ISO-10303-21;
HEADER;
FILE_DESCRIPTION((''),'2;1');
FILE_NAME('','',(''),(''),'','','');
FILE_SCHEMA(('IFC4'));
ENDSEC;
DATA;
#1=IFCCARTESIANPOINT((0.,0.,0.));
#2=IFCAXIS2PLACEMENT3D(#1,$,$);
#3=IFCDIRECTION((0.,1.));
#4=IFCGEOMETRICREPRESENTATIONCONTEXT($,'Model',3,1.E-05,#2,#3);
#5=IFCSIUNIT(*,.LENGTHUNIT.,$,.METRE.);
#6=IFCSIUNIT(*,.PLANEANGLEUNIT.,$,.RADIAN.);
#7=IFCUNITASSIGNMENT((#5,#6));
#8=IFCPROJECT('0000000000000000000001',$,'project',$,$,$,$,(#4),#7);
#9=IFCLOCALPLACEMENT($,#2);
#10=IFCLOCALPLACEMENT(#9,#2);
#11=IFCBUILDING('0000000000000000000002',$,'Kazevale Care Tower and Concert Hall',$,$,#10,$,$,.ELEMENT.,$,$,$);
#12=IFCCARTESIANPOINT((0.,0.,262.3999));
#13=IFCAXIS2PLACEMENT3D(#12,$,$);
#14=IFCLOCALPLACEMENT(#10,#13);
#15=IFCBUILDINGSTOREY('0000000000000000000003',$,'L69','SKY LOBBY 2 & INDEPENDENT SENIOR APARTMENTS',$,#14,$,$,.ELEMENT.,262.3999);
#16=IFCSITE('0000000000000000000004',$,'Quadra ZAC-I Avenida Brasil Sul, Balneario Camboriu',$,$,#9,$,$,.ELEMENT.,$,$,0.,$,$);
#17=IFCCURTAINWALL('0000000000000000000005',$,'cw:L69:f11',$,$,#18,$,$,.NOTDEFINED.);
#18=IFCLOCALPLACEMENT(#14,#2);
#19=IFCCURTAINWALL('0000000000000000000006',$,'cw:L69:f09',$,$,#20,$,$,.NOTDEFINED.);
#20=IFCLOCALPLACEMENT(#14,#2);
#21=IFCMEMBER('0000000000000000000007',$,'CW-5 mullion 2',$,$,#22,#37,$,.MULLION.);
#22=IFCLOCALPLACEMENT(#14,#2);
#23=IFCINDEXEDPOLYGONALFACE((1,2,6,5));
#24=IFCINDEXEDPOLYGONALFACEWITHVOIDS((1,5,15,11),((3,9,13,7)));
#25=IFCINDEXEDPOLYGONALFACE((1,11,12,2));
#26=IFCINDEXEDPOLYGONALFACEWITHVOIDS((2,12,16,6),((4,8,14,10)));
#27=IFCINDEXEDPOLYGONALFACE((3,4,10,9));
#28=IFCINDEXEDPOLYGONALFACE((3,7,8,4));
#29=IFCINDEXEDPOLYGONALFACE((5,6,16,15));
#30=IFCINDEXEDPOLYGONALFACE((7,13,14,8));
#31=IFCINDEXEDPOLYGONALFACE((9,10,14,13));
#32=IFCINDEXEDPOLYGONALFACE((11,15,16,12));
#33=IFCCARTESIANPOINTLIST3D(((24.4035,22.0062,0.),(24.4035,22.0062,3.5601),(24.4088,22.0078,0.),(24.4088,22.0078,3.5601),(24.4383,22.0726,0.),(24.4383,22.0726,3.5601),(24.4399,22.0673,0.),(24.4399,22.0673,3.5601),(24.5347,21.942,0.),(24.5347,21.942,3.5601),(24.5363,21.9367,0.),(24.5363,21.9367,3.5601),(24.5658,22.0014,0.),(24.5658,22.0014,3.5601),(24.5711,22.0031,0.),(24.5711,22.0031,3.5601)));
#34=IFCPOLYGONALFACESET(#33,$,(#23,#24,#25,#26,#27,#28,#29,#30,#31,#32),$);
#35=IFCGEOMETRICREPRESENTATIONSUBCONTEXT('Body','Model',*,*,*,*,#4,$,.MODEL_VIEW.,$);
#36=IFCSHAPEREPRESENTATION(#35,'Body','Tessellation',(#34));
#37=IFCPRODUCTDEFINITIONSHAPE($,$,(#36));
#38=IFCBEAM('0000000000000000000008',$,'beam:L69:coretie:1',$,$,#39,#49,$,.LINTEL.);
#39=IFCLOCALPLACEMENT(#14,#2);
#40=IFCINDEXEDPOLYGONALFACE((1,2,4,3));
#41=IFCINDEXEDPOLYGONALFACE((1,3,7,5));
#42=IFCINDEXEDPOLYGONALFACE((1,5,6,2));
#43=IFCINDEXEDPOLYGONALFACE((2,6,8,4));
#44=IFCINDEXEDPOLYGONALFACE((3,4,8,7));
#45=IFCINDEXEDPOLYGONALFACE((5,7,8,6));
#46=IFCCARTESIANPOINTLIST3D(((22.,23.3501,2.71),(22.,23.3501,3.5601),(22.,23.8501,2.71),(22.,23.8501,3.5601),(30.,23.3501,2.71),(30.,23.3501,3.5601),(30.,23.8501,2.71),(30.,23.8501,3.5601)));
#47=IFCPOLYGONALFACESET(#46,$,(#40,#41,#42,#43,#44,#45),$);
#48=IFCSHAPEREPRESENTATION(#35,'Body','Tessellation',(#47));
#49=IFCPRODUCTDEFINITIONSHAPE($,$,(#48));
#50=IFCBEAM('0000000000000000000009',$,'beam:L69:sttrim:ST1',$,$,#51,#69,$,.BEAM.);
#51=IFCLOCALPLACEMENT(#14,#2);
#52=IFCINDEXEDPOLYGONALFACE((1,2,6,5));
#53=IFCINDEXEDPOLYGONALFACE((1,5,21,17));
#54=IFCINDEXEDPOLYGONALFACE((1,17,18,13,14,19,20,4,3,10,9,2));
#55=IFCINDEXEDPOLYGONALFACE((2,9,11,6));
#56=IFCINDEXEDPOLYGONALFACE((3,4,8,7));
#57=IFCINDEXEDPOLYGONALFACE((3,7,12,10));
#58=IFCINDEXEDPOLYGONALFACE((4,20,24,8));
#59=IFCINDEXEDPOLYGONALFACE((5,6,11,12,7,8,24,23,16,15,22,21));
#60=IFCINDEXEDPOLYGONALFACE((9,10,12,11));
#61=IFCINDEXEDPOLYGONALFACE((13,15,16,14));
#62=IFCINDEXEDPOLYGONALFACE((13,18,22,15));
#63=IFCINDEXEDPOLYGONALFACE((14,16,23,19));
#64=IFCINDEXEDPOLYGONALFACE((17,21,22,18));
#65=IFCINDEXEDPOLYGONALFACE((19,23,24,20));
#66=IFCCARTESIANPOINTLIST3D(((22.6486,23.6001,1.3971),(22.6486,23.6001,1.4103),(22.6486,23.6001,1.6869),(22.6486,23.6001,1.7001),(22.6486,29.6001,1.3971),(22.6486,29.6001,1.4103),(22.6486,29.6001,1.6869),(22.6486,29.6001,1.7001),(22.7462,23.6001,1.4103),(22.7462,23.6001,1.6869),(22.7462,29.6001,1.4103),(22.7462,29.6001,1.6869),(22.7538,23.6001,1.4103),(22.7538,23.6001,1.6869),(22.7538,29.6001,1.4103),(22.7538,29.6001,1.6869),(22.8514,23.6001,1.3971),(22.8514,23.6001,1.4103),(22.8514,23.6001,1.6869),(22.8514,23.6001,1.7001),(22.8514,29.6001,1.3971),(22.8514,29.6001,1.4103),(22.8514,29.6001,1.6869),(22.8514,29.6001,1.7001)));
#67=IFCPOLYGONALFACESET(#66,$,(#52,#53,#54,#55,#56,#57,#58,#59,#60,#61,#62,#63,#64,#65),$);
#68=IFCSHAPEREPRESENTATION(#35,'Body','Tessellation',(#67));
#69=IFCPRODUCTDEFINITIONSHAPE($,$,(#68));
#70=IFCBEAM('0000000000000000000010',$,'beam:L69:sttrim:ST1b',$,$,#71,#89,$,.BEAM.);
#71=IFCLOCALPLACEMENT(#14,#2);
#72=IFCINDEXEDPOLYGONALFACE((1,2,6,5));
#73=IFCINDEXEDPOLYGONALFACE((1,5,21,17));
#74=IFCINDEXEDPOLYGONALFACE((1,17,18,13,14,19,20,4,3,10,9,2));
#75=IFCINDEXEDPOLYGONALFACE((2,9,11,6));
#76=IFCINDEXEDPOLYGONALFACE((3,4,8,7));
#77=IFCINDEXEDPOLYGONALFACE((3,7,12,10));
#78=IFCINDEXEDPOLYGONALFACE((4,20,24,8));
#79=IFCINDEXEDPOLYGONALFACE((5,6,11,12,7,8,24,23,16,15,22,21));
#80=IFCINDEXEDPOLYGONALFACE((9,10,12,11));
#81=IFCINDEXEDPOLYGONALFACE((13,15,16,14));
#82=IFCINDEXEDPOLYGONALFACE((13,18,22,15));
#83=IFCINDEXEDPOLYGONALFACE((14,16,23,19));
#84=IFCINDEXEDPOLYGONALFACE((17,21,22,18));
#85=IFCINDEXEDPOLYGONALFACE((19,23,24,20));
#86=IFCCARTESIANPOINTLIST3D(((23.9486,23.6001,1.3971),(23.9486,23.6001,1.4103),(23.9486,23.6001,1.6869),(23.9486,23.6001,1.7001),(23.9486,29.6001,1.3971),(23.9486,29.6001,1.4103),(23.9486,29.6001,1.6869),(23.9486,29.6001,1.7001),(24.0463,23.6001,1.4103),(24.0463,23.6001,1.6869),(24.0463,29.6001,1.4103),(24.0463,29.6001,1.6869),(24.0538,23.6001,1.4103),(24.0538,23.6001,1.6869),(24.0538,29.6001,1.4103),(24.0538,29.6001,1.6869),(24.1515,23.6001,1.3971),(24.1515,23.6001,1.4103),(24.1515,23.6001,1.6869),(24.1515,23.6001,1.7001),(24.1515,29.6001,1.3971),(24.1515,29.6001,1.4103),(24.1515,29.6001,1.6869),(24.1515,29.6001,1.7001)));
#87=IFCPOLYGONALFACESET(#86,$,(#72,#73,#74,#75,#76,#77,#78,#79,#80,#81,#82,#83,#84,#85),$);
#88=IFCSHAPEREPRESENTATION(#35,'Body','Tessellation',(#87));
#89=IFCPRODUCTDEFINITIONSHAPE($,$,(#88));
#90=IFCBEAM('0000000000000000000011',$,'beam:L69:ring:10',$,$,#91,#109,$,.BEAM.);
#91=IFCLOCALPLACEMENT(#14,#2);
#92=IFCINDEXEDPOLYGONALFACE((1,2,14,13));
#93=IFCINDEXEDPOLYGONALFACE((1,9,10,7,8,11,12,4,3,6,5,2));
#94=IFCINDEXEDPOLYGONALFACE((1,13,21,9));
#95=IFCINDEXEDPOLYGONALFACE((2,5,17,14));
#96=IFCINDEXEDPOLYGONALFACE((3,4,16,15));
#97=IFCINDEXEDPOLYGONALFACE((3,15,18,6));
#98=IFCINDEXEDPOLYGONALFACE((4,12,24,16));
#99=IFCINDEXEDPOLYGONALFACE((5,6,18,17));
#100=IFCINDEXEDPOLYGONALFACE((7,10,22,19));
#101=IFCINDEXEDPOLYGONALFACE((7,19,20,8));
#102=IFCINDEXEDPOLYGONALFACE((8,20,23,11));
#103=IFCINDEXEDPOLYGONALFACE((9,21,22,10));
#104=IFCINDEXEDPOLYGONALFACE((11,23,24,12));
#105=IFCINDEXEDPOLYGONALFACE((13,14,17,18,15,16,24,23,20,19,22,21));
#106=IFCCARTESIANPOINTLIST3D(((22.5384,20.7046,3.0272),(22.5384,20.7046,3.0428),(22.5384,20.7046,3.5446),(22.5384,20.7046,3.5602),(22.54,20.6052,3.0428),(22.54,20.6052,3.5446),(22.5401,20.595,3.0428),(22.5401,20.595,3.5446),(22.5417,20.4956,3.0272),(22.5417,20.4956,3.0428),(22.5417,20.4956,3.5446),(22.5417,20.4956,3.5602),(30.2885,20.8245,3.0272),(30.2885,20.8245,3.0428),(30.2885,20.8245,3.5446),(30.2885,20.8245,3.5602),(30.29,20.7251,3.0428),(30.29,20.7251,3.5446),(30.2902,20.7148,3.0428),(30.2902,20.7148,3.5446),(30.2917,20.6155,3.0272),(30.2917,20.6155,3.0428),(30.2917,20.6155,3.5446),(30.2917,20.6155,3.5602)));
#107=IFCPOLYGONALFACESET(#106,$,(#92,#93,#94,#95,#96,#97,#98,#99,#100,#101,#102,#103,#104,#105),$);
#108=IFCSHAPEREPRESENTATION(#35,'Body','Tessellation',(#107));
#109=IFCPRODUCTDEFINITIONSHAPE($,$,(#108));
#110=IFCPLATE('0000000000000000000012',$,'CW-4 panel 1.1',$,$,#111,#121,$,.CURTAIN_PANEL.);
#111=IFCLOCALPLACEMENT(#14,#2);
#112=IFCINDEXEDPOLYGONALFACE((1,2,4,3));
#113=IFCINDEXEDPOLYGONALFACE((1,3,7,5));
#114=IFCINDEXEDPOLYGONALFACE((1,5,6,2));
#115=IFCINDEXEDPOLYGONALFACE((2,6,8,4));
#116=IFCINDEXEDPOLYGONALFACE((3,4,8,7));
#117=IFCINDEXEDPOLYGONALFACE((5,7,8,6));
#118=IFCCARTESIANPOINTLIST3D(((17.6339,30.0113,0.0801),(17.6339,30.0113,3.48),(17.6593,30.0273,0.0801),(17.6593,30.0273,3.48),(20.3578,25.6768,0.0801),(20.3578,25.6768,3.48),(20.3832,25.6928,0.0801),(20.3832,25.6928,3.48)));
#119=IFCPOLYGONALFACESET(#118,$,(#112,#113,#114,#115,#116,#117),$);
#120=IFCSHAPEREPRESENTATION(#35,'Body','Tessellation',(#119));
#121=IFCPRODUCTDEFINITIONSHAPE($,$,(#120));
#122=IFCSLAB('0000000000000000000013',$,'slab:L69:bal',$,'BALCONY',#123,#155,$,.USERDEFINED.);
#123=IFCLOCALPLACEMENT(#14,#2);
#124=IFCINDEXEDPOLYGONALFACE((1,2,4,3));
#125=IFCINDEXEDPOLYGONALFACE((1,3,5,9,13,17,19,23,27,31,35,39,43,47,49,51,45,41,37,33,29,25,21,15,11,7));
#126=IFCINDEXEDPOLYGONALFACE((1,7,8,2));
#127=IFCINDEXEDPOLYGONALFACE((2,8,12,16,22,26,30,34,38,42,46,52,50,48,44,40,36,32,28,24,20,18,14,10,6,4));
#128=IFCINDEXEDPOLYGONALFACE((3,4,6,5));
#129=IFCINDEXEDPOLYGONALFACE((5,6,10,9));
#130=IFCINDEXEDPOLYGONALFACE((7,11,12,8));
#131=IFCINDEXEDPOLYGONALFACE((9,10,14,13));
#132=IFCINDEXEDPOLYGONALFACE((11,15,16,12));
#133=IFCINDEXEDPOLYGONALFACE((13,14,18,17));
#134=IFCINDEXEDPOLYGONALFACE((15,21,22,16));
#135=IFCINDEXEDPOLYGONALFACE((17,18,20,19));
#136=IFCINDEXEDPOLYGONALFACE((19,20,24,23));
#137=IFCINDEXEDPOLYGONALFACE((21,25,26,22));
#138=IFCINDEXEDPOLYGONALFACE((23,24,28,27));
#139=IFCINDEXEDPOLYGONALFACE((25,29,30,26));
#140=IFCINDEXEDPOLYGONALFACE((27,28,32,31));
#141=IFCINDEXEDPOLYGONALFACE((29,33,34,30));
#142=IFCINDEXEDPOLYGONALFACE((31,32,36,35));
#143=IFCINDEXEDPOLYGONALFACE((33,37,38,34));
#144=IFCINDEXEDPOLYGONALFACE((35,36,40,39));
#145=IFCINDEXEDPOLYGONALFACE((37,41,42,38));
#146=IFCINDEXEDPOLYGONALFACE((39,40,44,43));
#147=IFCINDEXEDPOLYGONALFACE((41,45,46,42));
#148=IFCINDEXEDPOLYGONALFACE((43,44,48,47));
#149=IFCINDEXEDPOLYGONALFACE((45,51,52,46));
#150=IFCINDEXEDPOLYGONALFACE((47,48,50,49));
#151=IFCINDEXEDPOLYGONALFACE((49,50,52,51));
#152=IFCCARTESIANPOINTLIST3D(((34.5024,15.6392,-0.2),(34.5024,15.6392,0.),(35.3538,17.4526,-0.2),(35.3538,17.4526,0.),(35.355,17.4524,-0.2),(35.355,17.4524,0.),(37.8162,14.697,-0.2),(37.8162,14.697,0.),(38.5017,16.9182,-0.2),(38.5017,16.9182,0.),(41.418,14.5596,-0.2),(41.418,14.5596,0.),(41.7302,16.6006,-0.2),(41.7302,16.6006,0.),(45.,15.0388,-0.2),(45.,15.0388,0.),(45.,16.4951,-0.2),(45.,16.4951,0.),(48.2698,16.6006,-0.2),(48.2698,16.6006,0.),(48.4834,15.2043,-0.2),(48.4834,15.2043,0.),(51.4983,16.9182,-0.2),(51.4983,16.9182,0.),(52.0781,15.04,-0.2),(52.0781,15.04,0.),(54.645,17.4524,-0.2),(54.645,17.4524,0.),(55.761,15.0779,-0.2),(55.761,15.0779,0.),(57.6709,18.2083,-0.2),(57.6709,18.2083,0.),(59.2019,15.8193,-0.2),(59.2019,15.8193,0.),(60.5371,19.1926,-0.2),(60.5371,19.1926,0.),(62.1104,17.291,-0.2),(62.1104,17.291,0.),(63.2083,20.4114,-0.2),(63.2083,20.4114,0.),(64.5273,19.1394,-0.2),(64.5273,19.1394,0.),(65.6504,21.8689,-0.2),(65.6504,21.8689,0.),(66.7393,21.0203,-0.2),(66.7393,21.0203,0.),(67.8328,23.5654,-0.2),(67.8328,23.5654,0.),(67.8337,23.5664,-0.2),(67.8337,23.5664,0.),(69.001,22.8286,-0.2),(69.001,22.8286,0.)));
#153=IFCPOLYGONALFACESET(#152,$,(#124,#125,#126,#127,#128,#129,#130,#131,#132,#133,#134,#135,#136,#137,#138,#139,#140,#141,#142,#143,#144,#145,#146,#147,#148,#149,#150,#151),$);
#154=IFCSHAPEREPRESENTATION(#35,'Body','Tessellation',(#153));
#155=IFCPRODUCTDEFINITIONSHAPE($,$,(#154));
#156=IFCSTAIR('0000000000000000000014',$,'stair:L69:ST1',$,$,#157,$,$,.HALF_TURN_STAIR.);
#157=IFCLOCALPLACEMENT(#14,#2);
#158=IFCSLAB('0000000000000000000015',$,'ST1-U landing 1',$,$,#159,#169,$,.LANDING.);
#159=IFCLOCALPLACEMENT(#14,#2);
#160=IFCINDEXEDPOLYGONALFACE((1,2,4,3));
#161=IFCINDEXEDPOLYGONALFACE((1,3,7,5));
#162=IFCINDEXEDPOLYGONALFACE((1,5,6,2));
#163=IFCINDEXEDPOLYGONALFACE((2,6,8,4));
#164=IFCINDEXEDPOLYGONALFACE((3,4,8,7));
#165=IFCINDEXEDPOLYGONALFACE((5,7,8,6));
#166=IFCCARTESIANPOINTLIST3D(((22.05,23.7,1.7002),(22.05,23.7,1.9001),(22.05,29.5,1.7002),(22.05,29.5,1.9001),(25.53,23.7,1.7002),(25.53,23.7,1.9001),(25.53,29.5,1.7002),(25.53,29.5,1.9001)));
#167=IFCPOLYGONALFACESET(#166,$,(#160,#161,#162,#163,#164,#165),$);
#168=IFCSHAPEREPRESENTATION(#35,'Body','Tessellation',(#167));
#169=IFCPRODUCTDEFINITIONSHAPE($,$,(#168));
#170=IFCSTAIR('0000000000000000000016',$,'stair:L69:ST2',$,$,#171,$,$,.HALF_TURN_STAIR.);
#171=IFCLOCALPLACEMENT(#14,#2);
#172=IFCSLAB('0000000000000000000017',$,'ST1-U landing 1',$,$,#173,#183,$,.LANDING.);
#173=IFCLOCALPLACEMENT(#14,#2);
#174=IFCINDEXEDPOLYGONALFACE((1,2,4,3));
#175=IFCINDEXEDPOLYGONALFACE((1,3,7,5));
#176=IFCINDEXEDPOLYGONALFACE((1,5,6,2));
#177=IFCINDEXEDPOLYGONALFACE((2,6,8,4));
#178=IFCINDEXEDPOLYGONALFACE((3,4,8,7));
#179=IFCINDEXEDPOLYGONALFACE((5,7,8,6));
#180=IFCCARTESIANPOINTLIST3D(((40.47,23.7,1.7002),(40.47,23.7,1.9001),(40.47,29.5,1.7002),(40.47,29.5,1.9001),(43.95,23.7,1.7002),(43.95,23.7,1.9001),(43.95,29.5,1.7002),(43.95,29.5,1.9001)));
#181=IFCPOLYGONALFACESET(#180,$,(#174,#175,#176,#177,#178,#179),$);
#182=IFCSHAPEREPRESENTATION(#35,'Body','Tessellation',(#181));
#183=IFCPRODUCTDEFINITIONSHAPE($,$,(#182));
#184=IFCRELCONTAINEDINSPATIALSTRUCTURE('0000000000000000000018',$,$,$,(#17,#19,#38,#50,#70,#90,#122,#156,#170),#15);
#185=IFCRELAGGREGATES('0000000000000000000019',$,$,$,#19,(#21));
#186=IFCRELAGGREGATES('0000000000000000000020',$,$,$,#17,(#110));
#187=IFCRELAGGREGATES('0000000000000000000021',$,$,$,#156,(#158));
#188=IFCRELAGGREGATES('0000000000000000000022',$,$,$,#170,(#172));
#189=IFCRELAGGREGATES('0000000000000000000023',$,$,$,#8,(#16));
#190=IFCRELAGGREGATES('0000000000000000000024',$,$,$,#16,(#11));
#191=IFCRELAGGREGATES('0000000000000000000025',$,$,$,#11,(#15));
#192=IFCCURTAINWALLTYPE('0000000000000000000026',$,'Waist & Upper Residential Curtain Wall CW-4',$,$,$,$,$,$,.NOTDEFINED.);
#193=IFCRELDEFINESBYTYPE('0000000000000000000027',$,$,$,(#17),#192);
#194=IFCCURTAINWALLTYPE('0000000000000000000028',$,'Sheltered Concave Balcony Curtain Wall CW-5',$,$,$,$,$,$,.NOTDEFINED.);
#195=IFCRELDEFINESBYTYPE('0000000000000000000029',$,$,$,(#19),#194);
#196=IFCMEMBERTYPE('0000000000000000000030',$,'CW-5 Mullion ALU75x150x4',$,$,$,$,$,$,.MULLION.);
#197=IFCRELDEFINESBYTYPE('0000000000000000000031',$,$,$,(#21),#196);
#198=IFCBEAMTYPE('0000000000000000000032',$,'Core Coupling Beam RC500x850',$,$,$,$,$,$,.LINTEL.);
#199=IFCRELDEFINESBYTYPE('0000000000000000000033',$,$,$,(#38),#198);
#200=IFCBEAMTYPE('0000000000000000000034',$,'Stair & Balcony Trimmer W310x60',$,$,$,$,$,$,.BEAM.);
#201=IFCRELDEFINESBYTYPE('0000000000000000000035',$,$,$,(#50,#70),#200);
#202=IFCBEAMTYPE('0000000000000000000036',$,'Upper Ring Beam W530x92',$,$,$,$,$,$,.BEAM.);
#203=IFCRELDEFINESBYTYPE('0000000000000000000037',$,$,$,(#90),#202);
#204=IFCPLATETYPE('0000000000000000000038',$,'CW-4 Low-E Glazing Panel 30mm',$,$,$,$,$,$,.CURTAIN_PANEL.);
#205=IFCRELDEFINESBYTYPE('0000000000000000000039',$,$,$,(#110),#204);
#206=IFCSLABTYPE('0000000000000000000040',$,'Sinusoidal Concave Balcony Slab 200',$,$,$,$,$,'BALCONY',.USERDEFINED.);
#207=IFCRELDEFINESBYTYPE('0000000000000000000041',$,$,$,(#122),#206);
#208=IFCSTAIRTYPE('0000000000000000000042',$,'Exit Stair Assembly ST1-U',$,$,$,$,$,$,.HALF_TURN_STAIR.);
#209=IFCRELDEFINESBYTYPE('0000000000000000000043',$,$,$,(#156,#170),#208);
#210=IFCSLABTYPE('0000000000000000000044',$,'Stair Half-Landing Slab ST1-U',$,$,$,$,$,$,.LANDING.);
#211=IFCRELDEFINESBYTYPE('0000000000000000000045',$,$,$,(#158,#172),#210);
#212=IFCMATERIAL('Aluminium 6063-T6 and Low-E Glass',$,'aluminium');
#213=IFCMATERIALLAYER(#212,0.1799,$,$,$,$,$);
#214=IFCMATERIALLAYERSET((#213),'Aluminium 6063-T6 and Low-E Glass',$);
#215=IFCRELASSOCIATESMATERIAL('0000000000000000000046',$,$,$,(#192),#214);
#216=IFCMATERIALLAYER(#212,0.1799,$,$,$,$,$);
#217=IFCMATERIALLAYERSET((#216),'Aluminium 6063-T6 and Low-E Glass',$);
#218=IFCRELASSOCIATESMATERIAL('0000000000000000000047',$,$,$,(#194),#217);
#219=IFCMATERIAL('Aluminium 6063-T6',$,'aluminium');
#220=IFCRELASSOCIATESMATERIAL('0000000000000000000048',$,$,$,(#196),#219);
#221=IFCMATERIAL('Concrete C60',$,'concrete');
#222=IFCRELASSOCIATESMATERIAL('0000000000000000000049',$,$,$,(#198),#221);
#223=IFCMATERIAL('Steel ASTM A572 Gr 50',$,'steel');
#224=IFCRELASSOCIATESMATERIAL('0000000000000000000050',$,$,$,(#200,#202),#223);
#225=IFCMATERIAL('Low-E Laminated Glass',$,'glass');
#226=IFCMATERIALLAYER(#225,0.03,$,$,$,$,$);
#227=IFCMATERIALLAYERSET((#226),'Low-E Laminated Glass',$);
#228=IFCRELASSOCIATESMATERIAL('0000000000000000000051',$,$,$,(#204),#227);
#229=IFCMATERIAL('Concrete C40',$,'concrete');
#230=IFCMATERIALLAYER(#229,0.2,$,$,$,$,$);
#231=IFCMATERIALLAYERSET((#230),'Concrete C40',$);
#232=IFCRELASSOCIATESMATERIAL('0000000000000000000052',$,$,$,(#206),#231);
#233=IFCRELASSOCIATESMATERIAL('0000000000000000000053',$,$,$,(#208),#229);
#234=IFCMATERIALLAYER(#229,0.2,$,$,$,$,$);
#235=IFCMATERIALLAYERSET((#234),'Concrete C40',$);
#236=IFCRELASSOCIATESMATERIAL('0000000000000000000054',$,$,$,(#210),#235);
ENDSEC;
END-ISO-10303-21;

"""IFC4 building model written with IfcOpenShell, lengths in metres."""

from ifc_helpers import new_model, si_unit, direction, frame, origin, origin_2d, place, context, subcontext, project, spatial, polyline, rectangle, hollow_rectangle, i_section, outline, extrude, material, layer, layer_set, material_profile, profile_set, type_object, element, aggregate, save


model = new_model("IFC4")

# Units and contexts
model_context = context("Model", 3, precision=1e-05, world=origin(), true_north=direction((0.0, 1.0)))
body_context = subcontext(model_context, "Body", "Model", "MODEL_VIEW")
ifc_project = project(units=[si_unit("LENGTHUNIT", "METRE"), si_unit("PLANEANGLEUNIT", "RADIAN")], contexts=[model_context])

# Site, building, storey
site_placement = place(None, origin())
site = spatial("IfcSite", under=ifc_project, at=site_placement, Name="Quadra ZAC-I Avenida Brasil Sul, Balneario Camboriu", CompositionType="ELEMENT", RefElevation=0.0)
building_placement = place(site_placement, origin())
building = spatial("IfcBuilding", under=site, at=building_placement, Name="Kazevale Care Tower and Concert Hall", CompositionType="ELEMENT")
storey_placement = place(building_placement, frame((0.0, 0.0, 262.3999)))
storey = spatial("IfcBuildingStorey", under=building, at=storey_placement, Name="L69", Description="SKY LOBBY 2 & INDEPENDENT SENIOR APARTMENTS", CompositionType="ELEMENT", Elevation=262.3999)

# Curtain wall
ifc_material_1 = material(Name="Aluminium 6063-T6 and Low-E Glass", Category="aluminium")
ifc_layer_1 = layer(ifc_material_1, 0.1799)
ifc_layer_set_1 = layer_set([ifc_layer_1], Name="Aluminium 6063-T6 and Low-E Glass")
curtain_wall_type_1 = type_object("IfcCurtainWallType", Name="Waist & Upper Residential Curtain Wall CW-4", PredefinedType="NOTDEFINED", material=ifc_layer_set_1)
curtain_wall_1_placement = place(storey_placement, origin())
curtain_wall_1 = element("IfcCurtainWall", 1, at=curtain_wall_1_placement, inside=storey, type_object=curtain_wall_type_1, Name="cw:L69:f11", PredefinedType="NOTDEFINED")
ifc_material_2 = material(Name="Aluminium 6063-T6", Category="aluminium")

# Curtain wall, member
ifc_layer_2 = layer(ifc_material_1, 0.1799)
ifc_layer_set_2 = layer_set([ifc_layer_2], Name="Aluminium 6063-T6 and Low-E Glass")
curtain_wall_type_2 = type_object("IfcCurtainWallType", Name="Sheltered Concave Balcony Curtain Wall CW-5", PredefinedType="NOTDEFINED", material=ifc_layer_set_2)
curtain_wall_2_placement = place(storey_placement, origin())
curtain_wall_2 = element("IfcCurtainWall", 2, at=curtain_wall_2_placement, inside=storey, type_object=curtain_wall_type_2, Name="cw:L69:f09", PredefinedType="NOTDEFINED")
ifc_material_profile_1 = material_profile(ifc_material_2, hollow_rectangle(XDim=0.075, YDim=0.1499, WallThickness=0.0039, at=origin_2d()), Name="ALU75x150x4")
ifc_profile_set_1 = profile_set([ifc_material_profile_1], Name="Aluminium 6063-T6")
member_type_1 = type_object("IfcMemberType", Name="CW-5 Mullion ALU75x150x4", PredefinedType="MULLION", material=ifc_profile_set_1)
member_1_placement = place(storey_placement, frame((24.4873, 22.0046, 0.0), z_axis=(0.0, 0.0, 1.0), x_axis=(-0.463681, -0.886002, 0.0)))
member_1 = element("IfcMember", 3, at=member_1_placement, type_object=member_type_1, Name="CW-5 mullion 2", PredefinedType="MULLION", context=body_context, shape_type="SweptSolid", body=[
    extrude(hollow_rectangle(XDim=0.075, YDim=0.1499, WallThickness=0.0039, at=origin_2d()), origin(), (0.0, 0.0, 1.0), 3.5601),
])
aggregate(curtain_wall_2, [member_1])

# Beams
ifc_material_3 = material(Name="Concrete C60", Category="concrete")
ifc_material_profile_2 = material_profile(ifc_material_3, rectangle(XDim=0.5, YDim=0.8501, at=origin_2d()), Name="RC-B500x850")
ifc_profile_set_2 = profile_set([ifc_material_profile_2], Name="Concrete C60")
beam_type_1 = type_object("IfcBeamType", Name="Core Coupling Beam RC500x850", PredefinedType="LINTEL", material=ifc_profile_set_2)
beam_1_placement = place(storey_placement, frame((22.0, 23.6001, 3.135), z_axis=(1.0, 0.0, 0.0), x_axis=(0.0, 1.0, 0.0)))
element("IfcBeam", 4, at=beam_1_placement, inside=storey, type_object=beam_type_1, Name="beam:L69:coretie:1", PredefinedType="LINTEL", context=body_context, shape_type="SweptSolid", body=[
    extrude(rectangle(XDim=0.5, YDim=0.8501, at=origin_2d()), origin(), (0.0, 0.0, 1.0), 8.0),
])
ifc_material_4 = material(Name="Steel ASTM A572 Gr 50", Category="steel")
ifc_material_profile_3 = material_profile(ifc_material_4, i_section(OverallWidth=0.2029, OverallDepth=0.303, WebThickness=0.0076, FlangeThickness=0.0132, at=origin_2d()), Name="W310x60")
ifc_profile_set_3 = profile_set([ifc_material_profile_3], Name="Steel ASTM A572 Gr 50")
beam_type_2 = type_object("IfcBeamType", Name="Stair & Balcony Trimmer W310x60", PredefinedType="BEAM", material=ifc_profile_set_3)
for number, where, z_axis, x_axis, name in (
    (5, (22.75, 23.6001, 1.5486), (0.0, 1.0, 0.0), (-1.0, 0.0, 0.0), "beam:L69:sttrim:ST1"),
    (6, (24.05, 23.6001, 1.5486), (0.0, 1.0, 0.0), (-1.0, 0.0, 0.0), "beam:L69:sttrim:ST1b"),
):
    element("IfcBeam", number, at=place(storey_placement, frame(where, z_axis=z_axis, x_axis=x_axis)), inside=storey, type_object=beam_type_2, Name=name, PredefinedType="BEAM", context=body_context, shape_type="SweptSolid", body=[
        extrude(i_section(OverallWidth=0.2029, OverallDepth=0.303, WebThickness=0.0076, FlangeThickness=0.0132, at=origin_2d()), origin(), (0.0, 0.0, 1.0), 6.0),
    ])
ifc_material_profile_4 = material_profile(ifc_material_4, i_section(OverallWidth=0.209, OverallDepth=0.533, WebThickness=0.0103, FlangeThickness=0.0156, at=origin_2d()), Name="W530x92")
ifc_profile_set_4 = profile_set([ifc_material_profile_4], Name="Steel ASTM A572 Gr 50")
beam_type_3 = type_object("IfcBeamType", Name="Upper Ring Beam W530x92", PredefinedType="BEAM", material=ifc_profile_set_4)
beam_2_placement = place(storey_placement, frame((22.54, 20.6001, 3.2937), z_axis=(0.99988, 0.015466, 0.0), x_axis=(-0.015466, 0.99988, 0.0)))
element("IfcBeam", 7, at=beam_2_placement, inside=storey, type_object=beam_type_3, Name="beam:L69:ring:10", PredefinedType="BEAM", context=body_context, shape_type="SweptSolid", body=[
    extrude(i_section(OverallWidth=0.209, OverallDepth=0.533, WebThickness=0.0103, FlangeThickness=0.0156, at=origin_2d()), origin(), (0.0, 0.0, 1.0), 7.751),
])

# Plate
ifc_material_5 = material(Name="Low-E Laminated Glass", Category="glass")
ifc_layer_3 = layer(ifc_material_5, 0.03)
ifc_layer_set_3 = layer_set([ifc_layer_3], Name="Low-E Laminated Glass")
plate_type = type_object("IfcPlateType", Name="CW-4 Low-E Glazing Panel 30mm", PredefinedType="CURTAIN_PANEL", material=ifc_layer_set_3)
plate_placement = place(storey_placement, frame((19.0085, 27.8521, 0.0801), z_axis=(0.0, 0.0, 1.0), x_axis=(-0.532075, 0.846698, 0.0)))
plate = element("IfcPlate", 8, at=plate_placement, type_object=plate_type, Name="CW-4 panel 1.1", PredefinedType="CURTAIN_PANEL", context=body_context, shape_type="SweptSolid", body=[
    extrude(rectangle(XDim=5.1194, YDim=0.03, at=origin_2d()), origin(), (0.0, 0.0, 1.0), 3.3999),
])
aggregate(curtain_wall_1, [plate])

# Slab
ifc_material_6 = material(Name="Concrete C40", Category="concrete")
ifc_layer_4 = layer(ifc_material_6, 0.2)
ifc_layer_set_4 = layer_set([ifc_layer_4], Name="Concrete C40")
slab_type_1 = type_object("IfcSlabType", Name="Sinusoidal Concave Balcony Slab 200", ElementType="BALCONY", PredefinedType="USERDEFINED", material=ifc_layer_set_4)
slab_1_placement = place(storey_placement, frame((0.0, 0.0, -0.2)))
element("IfcSlab", 9, at=slab_1_placement, inside=storey, type_object=slab_type_1, Name="slab:L69:bal", ObjectType="BALCONY", PredefinedType="USERDEFINED", context=body_context, shape_type="SweptSolid", body=[
    extrude(outline(polyline([(69.001, 22.8286), (66.7393, 21.0203), (64.5273, 19.1394), (62.1104, 17.291), (59.2019, 15.8193), (55.761, 15.0779), (52.0781, 15.04), (48.4834, 15.2043), (45.0, 15.0388), (41.418, 14.5596), (37.8162, 14.697), (34.5024, 15.6392), (35.3538, 17.4526), (35.355, 17.4524), (38.5017, 16.9182), (41.7302, 16.6006), (45.0, 16.4951), (48.2698, 16.6006), (51.4983, 16.9182), (54.645, 17.4524), (57.6709, 18.2083), (60.5371, 19.1926), (63.2083, 20.4114), (65.6504, 21.8689), (67.8328, 23.5654), (67.8337, 23.5664), (69.001, 22.8286)])), origin(), (0.0, 0.0, 1.0), 0.2),
])

# Stairs, slabs
stair_type = type_object("IfcStairType", Name="Exit Stair Assembly ST1-U", PredefinedType="HALF_TURN_STAIR", material=ifc_material_6)
stair_1_placement = place(storey_placement, origin())
stair_1 = element("IfcStair", 10, at=stair_1_placement, inside=storey, type_object=stair_type, Name="stair:L69:ST1", PredefinedType="HALF_TURN_STAIR")
ifc_layer_5 = layer(ifc_material_6, 0.2)
ifc_layer_set_5 = layer_set([ifc_layer_5], Name="Concrete C40")
slab_type_2 = type_object("IfcSlabType", Name="Stair Half-Landing Slab ST1-U", PredefinedType="LANDING", material=ifc_layer_set_5)
slab_2_placement = place(storey_placement, frame((0.0, 0.0, 1.7002)))
slab_2 = element("IfcSlab", 11, at=slab_2_placement, type_object=slab_type_2, Name="ST1-U landing 1", PredefinedType="LANDING", context=body_context, shape_type="SweptSolid", body=[
    extrude(outline(polyline([(22.05, 23.7), (25.53, 23.7), (25.53, 29.5), (22.05, 29.5), (22.05, 23.7)])), origin(), (0.0, 0.0, 1.0), 0.2),
])
aggregate(stair_1, [slab_2])
stair_2_placement = place(storey_placement, origin())
stair_2 = element("IfcStair", 12, at=stair_2_placement, inside=storey, type_object=stair_type, Name="stair:L69:ST2", PredefinedType="HALF_TURN_STAIR")
slab_3_placement = place(storey_placement, frame((0.0, 0.0, 1.7002)))
slab_3 = element("IfcSlab", 13, at=slab_3_placement, type_object=slab_type_2, Name="ST1-U landing 1", PredefinedType="LANDING", context=body_context, shape_type="SweptSolid", body=[
    extrude(outline(polyline([(40.47, 23.7), (43.95, 23.7), (43.95, 29.5), (40.47, 29.5), (40.47, 23.7)])), origin(), (0.0, 0.0, 1.0), 0.2),
])
aggregate(stair_2, [slab_3])

save(model, "model.ifc")
